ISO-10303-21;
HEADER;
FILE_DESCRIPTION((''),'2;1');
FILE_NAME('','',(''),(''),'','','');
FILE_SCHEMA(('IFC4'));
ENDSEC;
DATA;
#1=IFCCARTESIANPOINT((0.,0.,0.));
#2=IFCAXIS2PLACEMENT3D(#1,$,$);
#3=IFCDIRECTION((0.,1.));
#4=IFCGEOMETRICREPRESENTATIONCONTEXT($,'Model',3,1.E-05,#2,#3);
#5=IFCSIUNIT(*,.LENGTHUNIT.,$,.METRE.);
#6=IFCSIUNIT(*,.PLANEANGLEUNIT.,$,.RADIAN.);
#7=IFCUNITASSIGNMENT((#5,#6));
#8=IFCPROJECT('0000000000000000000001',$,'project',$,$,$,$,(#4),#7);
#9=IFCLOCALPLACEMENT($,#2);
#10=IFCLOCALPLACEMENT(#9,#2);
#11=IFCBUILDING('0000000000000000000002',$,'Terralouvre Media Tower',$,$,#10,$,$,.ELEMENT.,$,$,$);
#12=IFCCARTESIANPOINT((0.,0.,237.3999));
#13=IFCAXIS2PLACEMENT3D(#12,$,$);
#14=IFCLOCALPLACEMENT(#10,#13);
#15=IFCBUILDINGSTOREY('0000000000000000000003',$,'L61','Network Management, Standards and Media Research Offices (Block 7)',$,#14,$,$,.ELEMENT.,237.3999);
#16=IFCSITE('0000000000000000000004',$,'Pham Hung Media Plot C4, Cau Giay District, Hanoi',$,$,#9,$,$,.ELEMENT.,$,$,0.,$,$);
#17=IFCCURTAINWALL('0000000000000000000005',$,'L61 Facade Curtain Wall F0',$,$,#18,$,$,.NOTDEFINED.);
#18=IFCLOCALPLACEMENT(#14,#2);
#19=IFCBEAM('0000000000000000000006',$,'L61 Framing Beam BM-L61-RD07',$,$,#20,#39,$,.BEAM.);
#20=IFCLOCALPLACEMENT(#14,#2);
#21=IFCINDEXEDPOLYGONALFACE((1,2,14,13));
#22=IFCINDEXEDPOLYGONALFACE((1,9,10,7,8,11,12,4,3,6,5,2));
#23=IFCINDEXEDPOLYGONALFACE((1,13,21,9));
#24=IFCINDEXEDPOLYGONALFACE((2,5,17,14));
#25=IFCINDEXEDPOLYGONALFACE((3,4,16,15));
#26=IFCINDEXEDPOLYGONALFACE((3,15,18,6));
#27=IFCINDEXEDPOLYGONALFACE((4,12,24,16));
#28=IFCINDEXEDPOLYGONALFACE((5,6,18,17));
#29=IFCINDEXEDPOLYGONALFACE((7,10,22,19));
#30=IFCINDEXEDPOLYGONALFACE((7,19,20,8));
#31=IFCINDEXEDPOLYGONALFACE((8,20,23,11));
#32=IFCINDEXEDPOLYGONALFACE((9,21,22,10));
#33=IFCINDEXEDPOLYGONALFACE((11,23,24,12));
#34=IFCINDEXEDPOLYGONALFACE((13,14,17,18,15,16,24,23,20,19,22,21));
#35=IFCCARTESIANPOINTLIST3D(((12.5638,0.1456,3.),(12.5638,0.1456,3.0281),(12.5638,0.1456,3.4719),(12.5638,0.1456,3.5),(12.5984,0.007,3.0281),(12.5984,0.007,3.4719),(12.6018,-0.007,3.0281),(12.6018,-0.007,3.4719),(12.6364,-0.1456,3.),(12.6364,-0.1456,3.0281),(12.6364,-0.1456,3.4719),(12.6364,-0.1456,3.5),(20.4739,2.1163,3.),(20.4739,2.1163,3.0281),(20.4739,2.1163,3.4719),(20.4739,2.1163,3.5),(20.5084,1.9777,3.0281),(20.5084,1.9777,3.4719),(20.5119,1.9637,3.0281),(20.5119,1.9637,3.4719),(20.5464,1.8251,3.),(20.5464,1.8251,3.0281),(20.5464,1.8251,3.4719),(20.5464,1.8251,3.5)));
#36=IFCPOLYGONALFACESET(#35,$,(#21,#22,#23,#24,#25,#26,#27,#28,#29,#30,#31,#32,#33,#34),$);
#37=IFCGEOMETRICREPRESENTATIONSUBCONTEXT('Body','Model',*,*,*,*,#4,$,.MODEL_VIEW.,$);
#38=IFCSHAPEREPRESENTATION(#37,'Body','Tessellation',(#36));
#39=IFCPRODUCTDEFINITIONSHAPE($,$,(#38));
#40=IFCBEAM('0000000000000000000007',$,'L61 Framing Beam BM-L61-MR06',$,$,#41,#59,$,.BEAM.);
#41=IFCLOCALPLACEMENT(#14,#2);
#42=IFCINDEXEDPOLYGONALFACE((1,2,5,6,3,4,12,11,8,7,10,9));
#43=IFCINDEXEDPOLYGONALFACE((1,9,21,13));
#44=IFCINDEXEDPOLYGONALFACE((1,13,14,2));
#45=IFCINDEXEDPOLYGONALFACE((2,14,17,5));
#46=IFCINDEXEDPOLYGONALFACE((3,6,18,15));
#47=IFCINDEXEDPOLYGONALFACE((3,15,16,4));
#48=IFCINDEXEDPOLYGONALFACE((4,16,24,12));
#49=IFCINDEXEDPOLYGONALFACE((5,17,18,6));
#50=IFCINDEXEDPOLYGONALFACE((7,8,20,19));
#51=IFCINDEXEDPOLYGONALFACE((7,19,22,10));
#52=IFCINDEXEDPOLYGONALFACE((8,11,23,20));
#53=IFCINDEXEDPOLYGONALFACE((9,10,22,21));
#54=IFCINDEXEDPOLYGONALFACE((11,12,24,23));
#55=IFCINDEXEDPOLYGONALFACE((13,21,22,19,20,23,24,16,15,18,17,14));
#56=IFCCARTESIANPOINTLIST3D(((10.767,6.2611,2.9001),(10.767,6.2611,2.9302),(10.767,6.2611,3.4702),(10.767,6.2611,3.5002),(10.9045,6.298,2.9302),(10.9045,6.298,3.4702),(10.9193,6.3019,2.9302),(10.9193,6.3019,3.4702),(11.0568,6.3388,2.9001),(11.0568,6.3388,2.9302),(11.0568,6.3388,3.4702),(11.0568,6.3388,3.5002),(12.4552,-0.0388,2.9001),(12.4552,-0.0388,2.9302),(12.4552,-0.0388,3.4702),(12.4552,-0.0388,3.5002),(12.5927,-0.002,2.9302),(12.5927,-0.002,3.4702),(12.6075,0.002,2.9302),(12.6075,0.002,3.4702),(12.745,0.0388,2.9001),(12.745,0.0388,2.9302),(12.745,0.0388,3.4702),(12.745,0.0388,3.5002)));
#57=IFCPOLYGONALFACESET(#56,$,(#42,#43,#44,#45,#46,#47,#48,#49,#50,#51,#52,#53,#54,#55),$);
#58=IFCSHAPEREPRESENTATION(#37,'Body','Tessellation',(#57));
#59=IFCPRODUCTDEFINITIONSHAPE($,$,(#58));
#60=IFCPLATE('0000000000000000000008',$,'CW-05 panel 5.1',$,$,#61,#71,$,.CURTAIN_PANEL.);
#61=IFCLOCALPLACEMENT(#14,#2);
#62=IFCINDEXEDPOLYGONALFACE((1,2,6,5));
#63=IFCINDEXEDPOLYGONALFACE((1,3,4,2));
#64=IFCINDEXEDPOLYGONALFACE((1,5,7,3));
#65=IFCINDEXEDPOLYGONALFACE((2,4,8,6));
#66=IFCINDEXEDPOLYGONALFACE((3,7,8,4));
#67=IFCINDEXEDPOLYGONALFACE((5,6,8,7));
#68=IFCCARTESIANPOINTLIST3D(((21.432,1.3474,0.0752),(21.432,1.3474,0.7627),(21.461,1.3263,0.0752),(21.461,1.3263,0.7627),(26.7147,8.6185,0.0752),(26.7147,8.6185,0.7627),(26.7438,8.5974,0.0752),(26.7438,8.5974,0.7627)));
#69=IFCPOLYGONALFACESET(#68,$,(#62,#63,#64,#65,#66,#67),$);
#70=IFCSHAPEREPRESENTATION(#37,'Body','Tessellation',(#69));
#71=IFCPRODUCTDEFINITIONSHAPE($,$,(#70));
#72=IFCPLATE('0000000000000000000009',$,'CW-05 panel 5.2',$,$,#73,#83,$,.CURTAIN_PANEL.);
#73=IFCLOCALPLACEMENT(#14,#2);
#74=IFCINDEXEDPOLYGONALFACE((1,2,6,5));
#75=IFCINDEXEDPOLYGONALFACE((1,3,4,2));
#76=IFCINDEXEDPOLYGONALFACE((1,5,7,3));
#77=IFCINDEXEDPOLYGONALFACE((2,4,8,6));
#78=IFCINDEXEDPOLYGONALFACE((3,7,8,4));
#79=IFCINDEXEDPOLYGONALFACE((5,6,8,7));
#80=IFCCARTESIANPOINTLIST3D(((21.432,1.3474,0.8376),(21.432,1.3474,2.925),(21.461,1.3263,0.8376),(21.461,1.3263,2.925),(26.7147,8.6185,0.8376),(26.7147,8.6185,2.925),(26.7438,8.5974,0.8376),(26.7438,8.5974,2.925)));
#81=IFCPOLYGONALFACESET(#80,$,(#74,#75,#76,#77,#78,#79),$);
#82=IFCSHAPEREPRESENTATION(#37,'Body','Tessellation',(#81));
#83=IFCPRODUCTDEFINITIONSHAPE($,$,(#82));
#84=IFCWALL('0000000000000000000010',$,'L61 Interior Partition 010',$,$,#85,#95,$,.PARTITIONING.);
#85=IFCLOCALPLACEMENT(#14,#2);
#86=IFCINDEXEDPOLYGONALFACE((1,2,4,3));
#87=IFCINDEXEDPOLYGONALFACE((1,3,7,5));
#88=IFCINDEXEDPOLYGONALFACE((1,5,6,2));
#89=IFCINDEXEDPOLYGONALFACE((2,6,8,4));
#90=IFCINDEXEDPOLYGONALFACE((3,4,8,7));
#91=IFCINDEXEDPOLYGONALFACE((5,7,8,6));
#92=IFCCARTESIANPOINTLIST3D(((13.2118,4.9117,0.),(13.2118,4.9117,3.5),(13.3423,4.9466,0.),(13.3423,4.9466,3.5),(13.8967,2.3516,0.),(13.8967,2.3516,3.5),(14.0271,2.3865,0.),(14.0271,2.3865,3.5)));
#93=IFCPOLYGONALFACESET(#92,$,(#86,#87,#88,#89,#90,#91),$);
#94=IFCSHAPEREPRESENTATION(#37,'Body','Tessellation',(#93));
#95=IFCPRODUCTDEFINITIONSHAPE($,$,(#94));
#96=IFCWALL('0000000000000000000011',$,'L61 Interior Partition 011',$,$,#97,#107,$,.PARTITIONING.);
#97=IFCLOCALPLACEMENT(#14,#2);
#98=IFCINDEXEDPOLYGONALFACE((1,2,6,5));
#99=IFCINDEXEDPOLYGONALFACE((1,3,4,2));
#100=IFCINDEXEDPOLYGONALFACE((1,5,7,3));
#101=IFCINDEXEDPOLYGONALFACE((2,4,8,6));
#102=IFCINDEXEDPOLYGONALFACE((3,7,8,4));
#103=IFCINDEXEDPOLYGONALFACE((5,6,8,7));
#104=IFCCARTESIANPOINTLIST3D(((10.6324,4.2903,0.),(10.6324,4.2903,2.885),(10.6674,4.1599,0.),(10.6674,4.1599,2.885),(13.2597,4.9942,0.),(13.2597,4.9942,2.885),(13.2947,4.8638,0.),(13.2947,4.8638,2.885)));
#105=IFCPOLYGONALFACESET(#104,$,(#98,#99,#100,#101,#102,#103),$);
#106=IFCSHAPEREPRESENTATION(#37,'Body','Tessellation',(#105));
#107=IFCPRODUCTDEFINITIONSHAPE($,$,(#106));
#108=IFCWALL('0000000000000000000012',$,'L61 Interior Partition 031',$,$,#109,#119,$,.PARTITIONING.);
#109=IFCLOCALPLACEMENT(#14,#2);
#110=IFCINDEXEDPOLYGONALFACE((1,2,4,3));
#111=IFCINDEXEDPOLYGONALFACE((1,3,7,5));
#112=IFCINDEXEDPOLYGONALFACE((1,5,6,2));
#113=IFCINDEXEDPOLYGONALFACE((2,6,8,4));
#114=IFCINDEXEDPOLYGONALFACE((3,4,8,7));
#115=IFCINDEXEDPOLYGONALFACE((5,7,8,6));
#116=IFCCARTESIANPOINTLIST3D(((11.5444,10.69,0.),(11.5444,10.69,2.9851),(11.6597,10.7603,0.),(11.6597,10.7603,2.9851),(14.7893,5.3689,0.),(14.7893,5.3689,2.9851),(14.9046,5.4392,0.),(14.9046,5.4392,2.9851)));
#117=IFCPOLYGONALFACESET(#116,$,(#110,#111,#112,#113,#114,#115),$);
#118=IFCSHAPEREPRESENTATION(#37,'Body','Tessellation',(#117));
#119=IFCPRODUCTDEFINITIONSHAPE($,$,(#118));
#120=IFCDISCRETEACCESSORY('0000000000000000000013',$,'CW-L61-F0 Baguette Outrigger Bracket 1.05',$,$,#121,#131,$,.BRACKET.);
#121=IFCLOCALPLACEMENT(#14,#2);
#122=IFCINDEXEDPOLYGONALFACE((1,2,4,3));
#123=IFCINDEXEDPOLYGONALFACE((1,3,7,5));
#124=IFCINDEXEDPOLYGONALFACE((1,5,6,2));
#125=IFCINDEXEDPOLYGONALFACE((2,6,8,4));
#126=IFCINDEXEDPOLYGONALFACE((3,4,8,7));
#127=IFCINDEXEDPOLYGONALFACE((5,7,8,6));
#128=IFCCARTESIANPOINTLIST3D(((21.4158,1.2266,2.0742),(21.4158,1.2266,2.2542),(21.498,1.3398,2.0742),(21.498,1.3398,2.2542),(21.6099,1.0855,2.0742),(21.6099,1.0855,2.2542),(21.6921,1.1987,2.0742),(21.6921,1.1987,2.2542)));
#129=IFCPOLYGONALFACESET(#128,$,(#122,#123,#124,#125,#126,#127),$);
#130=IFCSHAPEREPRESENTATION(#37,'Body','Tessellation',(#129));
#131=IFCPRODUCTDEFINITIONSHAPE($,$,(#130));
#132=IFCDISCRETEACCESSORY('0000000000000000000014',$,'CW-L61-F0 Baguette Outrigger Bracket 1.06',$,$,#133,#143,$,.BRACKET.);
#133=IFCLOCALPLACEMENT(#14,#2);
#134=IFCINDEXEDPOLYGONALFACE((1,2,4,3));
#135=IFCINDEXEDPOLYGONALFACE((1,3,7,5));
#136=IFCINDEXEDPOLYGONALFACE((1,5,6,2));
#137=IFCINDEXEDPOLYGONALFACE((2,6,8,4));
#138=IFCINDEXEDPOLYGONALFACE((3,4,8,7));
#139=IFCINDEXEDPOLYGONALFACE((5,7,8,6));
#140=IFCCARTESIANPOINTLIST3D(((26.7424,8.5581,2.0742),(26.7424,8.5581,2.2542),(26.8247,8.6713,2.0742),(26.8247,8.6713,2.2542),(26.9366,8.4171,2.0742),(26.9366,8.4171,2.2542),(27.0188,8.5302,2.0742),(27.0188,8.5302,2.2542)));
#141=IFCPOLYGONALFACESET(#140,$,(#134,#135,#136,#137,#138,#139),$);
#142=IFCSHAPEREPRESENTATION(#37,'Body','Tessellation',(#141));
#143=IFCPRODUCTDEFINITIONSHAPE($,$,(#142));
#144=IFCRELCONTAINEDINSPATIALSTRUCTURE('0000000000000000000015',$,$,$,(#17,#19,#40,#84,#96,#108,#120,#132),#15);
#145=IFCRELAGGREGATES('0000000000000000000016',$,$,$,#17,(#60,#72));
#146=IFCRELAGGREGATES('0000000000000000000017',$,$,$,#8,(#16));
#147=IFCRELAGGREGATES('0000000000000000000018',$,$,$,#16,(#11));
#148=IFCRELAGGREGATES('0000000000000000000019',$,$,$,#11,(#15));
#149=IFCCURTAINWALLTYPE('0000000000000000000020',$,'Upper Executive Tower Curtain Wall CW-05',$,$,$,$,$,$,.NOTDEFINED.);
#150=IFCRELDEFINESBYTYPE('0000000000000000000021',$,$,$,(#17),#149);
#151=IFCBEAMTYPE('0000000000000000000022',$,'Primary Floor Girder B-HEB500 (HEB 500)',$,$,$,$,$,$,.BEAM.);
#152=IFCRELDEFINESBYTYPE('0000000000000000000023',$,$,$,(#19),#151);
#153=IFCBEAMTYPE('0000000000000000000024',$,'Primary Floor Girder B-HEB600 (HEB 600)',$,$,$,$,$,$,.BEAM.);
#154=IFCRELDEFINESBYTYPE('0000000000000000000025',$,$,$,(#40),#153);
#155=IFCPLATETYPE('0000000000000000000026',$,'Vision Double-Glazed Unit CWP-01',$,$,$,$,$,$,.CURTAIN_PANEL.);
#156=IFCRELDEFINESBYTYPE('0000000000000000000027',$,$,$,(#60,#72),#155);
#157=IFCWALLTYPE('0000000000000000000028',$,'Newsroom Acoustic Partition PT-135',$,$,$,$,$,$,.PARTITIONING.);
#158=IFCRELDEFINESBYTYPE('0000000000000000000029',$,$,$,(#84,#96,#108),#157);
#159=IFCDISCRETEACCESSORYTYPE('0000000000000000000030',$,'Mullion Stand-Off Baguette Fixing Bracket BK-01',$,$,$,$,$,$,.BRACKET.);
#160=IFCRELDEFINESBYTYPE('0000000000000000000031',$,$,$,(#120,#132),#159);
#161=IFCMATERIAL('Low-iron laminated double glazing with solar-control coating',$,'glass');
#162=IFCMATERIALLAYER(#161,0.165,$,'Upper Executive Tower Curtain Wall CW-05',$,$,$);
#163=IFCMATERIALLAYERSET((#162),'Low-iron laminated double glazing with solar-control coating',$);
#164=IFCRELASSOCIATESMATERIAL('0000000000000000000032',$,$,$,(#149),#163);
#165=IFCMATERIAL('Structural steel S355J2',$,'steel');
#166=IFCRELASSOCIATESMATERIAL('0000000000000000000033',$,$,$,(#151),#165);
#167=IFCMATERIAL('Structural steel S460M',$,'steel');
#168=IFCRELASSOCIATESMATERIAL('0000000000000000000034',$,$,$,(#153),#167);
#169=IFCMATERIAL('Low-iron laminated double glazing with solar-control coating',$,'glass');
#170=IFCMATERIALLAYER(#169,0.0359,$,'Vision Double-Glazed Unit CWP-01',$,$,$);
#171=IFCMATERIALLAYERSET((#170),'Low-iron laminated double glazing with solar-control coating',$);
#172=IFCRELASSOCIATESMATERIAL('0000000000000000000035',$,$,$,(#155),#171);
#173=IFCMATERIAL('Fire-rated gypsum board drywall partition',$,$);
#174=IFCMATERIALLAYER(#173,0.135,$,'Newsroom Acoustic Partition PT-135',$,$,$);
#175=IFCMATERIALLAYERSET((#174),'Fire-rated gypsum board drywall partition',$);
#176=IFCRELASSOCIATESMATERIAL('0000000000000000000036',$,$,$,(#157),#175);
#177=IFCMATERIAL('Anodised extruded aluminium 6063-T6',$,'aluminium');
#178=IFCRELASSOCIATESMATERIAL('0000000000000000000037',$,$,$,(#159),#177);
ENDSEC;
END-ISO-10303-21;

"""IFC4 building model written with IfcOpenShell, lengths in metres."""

from ifc_helpers import new_model, si_unit, direction, frame, frame_2d, origin, origin_2d, place, context, subcontext, project, spatial, rectangle, i_section, extrude, material, layer, layer_set, material_profile, profile_set, type_object, element, aggregate, save


model = new_model("IFC4")

# Units and contexts
model_context = context("Model", 3, precision=1e-05, world=origin(), true_north=direction((0.0, 1.0)))
body_context = subcontext(model_context, "Body", "Model", "MODEL_VIEW")
ifc_project = project(units=[si_unit("LENGTHUNIT", "METRE"), si_unit("PLANEANGLEUNIT", "RADIAN")], contexts=[model_context])

# Site, building, storey
site_placement = place(None, origin())
site = spatial("IfcSite", under=ifc_project, at=site_placement, Name="Pham Hung Media Plot C4, Cau Giay District, Hanoi", CompositionType="ELEMENT", RefElevation=0.0)
building_placement = place(site_placement, origin())
building = spatial("IfcBuilding", under=site, at=building_placement, Name="Terralouvre Media Tower", CompositionType="ELEMENT")
storey_placement = place(building_placement, frame((0.0, 0.0, 237.3999)))
storey = spatial("IfcBuildingStorey", under=building, at=storey_placement, Name="L61", Description="Network Management, Standards and Media Research Offices (Block 7)", CompositionType="ELEMENT", Elevation=237.3999)

# Curtain wall
ifc_material_1 = material(Name="Low-iron laminated double glazing with solar-control coating", Category="glass")
ifc_layer_1 = layer(ifc_material_1, 0.165, Name="Upper Executive Tower Curtain Wall CW-05")
ifc_layer_set_1 = layer_set([ifc_layer_1], Name="Low-iron laminated double glazing with solar-control coating")
curtain_wall_type_1 = type_object("IfcCurtainWallType", Name="Upper Executive Tower Curtain Wall CW-05", PredefinedType="NOTDEFINED", material=ifc_layer_set_1)
curtain_wall_1_placement = place(storey_placement, origin())
curtain_wall_1 = element("IfcCurtainWall", 1, at=curtain_wall_1_placement, inside=storey, type_object=curtain_wall_type_1, Name="L61 Facade Curtain Wall F0", PredefinedType="NOTDEFINED")

# Beams
ifc_material_2 = material(Name="Structural steel S355J2", Category="steel")
ifc_material_profile_1 = material_profile(ifc_material_2, i_section(OverallWidth=0.3, OverallDepth=0.5, WebThickness=0.0144, FlangeThickness=0.0281, at=origin_2d()), Name="HEB 500")
ifc_profile_set_1 = profile_set([ifc_material_profile_1], Name="Structural steel S355J2")
beam_type_1 = type_object("IfcBeamType", Name="Primary Floor Girder B-HEB500 (HEB 500)", PredefinedType="BEAM", material=ifc_profile_set_1)
beam_1_placement = place(storey_placement, frame((12.6001, 0.0, 3.25), z_axis=(0.970339, 0.241746, 0.0), x_axis=(-0.241746, 0.970339, 0.0)))
element("IfcBeam", 2, at=beam_1_placement, inside=storey, type_object=beam_type_1, Name="L61 Framing Beam BM-L61-RD07", PredefinedType="BEAM", context=body_context, shape_type="SweptSolid", body=[
    extrude(i_section(OverallWidth=0.3, OverallDepth=0.5, WebThickness=0.0144, FlangeThickness=0.0281, at=origin_2d()), origin(), (0.0, 0.0, 1.0), 8.1519),
])
ifc_material_3 = material(Name="Structural steel S460M", Category="steel")
ifc_material_profile_2 = material_profile(ifc_material_3, i_section(OverallWidth=0.3, OverallDepth=0.6001, WebThickness=0.0154, FlangeThickness=0.03, at=origin_2d()), Name="HEB 600")
ifc_profile_set_2 = profile_set([ifc_material_profile_2], Name="Structural steel S460M")
beam_type_2 = type_object("IfcBeamType", Name="Primary Floor Girder B-HEB600 (HEB 600)", PredefinedType="BEAM", material=ifc_profile_set_2)
beam_2_placement = place(storey_placement, frame((12.6001, 0.0, 3.2002), z_axis=(-0.258839, 0.96592, 0.0), x_axis=(-0.96592, -0.258839, 0.0)))
element("IfcBeam", 3, at=beam_2_placement, inside=storey, type_object=beam_type_2, Name="L61 Framing Beam BM-L61-MR06", PredefinedType="BEAM", context=body_context, shape_type="SweptSolid", body=[
    extrude(i_section(OverallWidth=0.3, OverallDepth=0.6001, WebThickness=0.0154, FlangeThickness=0.03, at=origin_2d()), origin(), (0.0, 0.0, 1.0), 6.5222),
])

# Plates
ifc_material_4 = material(Name="Low-iron laminated double glazing with solar-control coating", Category="glass")
ifc_layer_2 = layer(ifc_material_4, 0.0359, Name="Vision Double-Glazed Unit CWP-01")
ifc_layer_set_2 = layer_set([ifc_layer_2], Name="Low-iron laminated double glazing with solar-control coating")
plate_type = type_object("IfcPlateType", Name="Vision Double-Glazed Unit CWP-01", PredefinedType="CURTAIN_PANEL", material=ifc_layer_set_2)
plate_1_placement = place(storey_placement, frame((24.0879, 4.9724, 0.0752), z_axis=(0.0, 0.0, 1.0), x_axis=(0.587785, 0.809017, 0.0)))
plate_1 = element("IfcPlate", 4, at=plate_1_placement, type_object=plate_type, Name="CW-05 panel 5.1", PredefinedType="CURTAIN_PANEL", context=body_context, shape_type="SweptSolid", body=[
    extrude(rectangle(XDim=8.9875, YDim=0.0359, at=origin_2d()), origin(), (0.0, 0.0, 1.0), 0.6875),
])
plate_2_placement = place(storey_placement, frame((24.0879, 4.9724, 0.8376), z_axis=(0.0, 0.0, 1.0), x_axis=(0.587785, 0.809017, 0.0)))
plate_2 = element("IfcPlate", 5, at=plate_2_placement, type_object=plate_type, Name="CW-05 panel 5.2", PredefinedType="CURTAIN_PANEL", context=body_context, shape_type="SweptSolid", body=[
    extrude(rectangle(XDim=8.9875, YDim=0.0359, at=origin_2d()), origin(), (0.0, 0.0, 1.0), 2.0874),
])
aggregate(curtain_wall_1, [plate_1, plate_2])

# Walls
ifc_material_5 = material(Name="Fire-rated gypsum board drywall partition")
ifc_layer_3 = layer(ifc_material_5, 0.135, Name="Newsroom Acoustic Partition PT-135")
ifc_layer_set_3 = layer_set([ifc_layer_3], Name="Fire-rated gypsum board drywall partition")
wall_type = type_object("IfcWallType", Name="Newsroom Acoustic Partition PT-135", PredefinedType="PARTITIONING", material=ifc_layer_set_3)
wall_1_placement = place(storey_placement, frame((13.9619, 2.3689, 0.0), z_axis=(0.0, 0.0, 1.0), x_axis=(-0.258414, 0.966034, 0.0)))
element("IfcWall", 6, at=wall_1_placement, inside=storey, type_object=wall_type, Name="L61 Interior Partition 010", PredefinedType="PARTITIONING", context=body_context, shape_type="SweptSolid", body=[
    extrude(rectangle(XDim=2.6501, YDim=0.135, at=frame_2d((1.3252, 0.0))), origin(), (0.0, 0.0, 1.0), 3.5),
])
wall_2_placement = place(storey_placement, frame((13.2771, 4.929, 0.0), z_axis=(0.0, 0.0, 1.0), x_axis=(-0.965935, -0.258785, 0.0)))
element("IfcWall", 7, at=wall_2_placement, inside=storey, type_object=wall_type, Name="L61 Interior Partition 011", PredefinedType="PARTITIONING", context=body_context, shape_type="SweptSolid", body=[
    extrude(rectangle(XDim=2.72, YDim=0.135, at=frame_2d((1.3599, 0.0))), origin(), (0.0, 0.0, 1.0), 2.885),
])
wall_3_placement = place(storey_placement, frame((14.8469, 5.4041, 0.0), z_axis=(0.0, 0.0, 1.0), x_axis=(-0.520646, 0.853772, 0.0)))
element("IfcWall", 8, at=wall_3_placement, inside=storey, type_object=wall_type, Name="L61 Interior Partition 031", PredefinedType="PARTITIONING", context=body_context, shape_type="SweptSolid", body=[
    extrude(rectangle(XDim=6.2324, YDim=0.135, at=frame_2d((3.1162, 0.0))), origin(), (0.0, 0.0, 1.0), 2.9851),
])

# Discrete accessories
ifc_material_6 = material(Name="Anodised extruded aluminium 6063-T6", Category="aluminium")
discrete_accessory_type = type_object("IfcDiscreteAccessoryType", Name="Mullion Stand-Off Baguette Fixing Bracket BK-01", PredefinedType="BRACKET", material=ifc_material_6)
for number, where, z_axis, x_axis, name in (
    (9, (21.554, 1.2126, 2.0742), (0.0, 0.0, 1.0), (0.587785, 0.809017, 0.0), "CW-L61-F0 Baguette Outrigger Bracket 1.05"),
    (10, (26.8806, 8.5442, 2.0742), (0.0, 0.0, 1.0), (0.587785, 0.809017, 0.0), "CW-L61-F0 Baguette Outrigger Bracket 1.06"),
):
    element("IfcDiscreteAccessory", number, at=place(storey_placement, frame(where, z_axis=z_axis, x_axis=x_axis)), inside=storey, type_object=discrete_accessory_type, Name=name, PredefinedType="BRACKET", context=body_context, shape_type="SweptSolid", body=[
        extrude(rectangle(XDim=0.1399, YDim=0.24, at=origin_2d()), origin(), (0.0, 0.0, 1.0), 0.1799),
    ])

save(model, "model.ifc")
